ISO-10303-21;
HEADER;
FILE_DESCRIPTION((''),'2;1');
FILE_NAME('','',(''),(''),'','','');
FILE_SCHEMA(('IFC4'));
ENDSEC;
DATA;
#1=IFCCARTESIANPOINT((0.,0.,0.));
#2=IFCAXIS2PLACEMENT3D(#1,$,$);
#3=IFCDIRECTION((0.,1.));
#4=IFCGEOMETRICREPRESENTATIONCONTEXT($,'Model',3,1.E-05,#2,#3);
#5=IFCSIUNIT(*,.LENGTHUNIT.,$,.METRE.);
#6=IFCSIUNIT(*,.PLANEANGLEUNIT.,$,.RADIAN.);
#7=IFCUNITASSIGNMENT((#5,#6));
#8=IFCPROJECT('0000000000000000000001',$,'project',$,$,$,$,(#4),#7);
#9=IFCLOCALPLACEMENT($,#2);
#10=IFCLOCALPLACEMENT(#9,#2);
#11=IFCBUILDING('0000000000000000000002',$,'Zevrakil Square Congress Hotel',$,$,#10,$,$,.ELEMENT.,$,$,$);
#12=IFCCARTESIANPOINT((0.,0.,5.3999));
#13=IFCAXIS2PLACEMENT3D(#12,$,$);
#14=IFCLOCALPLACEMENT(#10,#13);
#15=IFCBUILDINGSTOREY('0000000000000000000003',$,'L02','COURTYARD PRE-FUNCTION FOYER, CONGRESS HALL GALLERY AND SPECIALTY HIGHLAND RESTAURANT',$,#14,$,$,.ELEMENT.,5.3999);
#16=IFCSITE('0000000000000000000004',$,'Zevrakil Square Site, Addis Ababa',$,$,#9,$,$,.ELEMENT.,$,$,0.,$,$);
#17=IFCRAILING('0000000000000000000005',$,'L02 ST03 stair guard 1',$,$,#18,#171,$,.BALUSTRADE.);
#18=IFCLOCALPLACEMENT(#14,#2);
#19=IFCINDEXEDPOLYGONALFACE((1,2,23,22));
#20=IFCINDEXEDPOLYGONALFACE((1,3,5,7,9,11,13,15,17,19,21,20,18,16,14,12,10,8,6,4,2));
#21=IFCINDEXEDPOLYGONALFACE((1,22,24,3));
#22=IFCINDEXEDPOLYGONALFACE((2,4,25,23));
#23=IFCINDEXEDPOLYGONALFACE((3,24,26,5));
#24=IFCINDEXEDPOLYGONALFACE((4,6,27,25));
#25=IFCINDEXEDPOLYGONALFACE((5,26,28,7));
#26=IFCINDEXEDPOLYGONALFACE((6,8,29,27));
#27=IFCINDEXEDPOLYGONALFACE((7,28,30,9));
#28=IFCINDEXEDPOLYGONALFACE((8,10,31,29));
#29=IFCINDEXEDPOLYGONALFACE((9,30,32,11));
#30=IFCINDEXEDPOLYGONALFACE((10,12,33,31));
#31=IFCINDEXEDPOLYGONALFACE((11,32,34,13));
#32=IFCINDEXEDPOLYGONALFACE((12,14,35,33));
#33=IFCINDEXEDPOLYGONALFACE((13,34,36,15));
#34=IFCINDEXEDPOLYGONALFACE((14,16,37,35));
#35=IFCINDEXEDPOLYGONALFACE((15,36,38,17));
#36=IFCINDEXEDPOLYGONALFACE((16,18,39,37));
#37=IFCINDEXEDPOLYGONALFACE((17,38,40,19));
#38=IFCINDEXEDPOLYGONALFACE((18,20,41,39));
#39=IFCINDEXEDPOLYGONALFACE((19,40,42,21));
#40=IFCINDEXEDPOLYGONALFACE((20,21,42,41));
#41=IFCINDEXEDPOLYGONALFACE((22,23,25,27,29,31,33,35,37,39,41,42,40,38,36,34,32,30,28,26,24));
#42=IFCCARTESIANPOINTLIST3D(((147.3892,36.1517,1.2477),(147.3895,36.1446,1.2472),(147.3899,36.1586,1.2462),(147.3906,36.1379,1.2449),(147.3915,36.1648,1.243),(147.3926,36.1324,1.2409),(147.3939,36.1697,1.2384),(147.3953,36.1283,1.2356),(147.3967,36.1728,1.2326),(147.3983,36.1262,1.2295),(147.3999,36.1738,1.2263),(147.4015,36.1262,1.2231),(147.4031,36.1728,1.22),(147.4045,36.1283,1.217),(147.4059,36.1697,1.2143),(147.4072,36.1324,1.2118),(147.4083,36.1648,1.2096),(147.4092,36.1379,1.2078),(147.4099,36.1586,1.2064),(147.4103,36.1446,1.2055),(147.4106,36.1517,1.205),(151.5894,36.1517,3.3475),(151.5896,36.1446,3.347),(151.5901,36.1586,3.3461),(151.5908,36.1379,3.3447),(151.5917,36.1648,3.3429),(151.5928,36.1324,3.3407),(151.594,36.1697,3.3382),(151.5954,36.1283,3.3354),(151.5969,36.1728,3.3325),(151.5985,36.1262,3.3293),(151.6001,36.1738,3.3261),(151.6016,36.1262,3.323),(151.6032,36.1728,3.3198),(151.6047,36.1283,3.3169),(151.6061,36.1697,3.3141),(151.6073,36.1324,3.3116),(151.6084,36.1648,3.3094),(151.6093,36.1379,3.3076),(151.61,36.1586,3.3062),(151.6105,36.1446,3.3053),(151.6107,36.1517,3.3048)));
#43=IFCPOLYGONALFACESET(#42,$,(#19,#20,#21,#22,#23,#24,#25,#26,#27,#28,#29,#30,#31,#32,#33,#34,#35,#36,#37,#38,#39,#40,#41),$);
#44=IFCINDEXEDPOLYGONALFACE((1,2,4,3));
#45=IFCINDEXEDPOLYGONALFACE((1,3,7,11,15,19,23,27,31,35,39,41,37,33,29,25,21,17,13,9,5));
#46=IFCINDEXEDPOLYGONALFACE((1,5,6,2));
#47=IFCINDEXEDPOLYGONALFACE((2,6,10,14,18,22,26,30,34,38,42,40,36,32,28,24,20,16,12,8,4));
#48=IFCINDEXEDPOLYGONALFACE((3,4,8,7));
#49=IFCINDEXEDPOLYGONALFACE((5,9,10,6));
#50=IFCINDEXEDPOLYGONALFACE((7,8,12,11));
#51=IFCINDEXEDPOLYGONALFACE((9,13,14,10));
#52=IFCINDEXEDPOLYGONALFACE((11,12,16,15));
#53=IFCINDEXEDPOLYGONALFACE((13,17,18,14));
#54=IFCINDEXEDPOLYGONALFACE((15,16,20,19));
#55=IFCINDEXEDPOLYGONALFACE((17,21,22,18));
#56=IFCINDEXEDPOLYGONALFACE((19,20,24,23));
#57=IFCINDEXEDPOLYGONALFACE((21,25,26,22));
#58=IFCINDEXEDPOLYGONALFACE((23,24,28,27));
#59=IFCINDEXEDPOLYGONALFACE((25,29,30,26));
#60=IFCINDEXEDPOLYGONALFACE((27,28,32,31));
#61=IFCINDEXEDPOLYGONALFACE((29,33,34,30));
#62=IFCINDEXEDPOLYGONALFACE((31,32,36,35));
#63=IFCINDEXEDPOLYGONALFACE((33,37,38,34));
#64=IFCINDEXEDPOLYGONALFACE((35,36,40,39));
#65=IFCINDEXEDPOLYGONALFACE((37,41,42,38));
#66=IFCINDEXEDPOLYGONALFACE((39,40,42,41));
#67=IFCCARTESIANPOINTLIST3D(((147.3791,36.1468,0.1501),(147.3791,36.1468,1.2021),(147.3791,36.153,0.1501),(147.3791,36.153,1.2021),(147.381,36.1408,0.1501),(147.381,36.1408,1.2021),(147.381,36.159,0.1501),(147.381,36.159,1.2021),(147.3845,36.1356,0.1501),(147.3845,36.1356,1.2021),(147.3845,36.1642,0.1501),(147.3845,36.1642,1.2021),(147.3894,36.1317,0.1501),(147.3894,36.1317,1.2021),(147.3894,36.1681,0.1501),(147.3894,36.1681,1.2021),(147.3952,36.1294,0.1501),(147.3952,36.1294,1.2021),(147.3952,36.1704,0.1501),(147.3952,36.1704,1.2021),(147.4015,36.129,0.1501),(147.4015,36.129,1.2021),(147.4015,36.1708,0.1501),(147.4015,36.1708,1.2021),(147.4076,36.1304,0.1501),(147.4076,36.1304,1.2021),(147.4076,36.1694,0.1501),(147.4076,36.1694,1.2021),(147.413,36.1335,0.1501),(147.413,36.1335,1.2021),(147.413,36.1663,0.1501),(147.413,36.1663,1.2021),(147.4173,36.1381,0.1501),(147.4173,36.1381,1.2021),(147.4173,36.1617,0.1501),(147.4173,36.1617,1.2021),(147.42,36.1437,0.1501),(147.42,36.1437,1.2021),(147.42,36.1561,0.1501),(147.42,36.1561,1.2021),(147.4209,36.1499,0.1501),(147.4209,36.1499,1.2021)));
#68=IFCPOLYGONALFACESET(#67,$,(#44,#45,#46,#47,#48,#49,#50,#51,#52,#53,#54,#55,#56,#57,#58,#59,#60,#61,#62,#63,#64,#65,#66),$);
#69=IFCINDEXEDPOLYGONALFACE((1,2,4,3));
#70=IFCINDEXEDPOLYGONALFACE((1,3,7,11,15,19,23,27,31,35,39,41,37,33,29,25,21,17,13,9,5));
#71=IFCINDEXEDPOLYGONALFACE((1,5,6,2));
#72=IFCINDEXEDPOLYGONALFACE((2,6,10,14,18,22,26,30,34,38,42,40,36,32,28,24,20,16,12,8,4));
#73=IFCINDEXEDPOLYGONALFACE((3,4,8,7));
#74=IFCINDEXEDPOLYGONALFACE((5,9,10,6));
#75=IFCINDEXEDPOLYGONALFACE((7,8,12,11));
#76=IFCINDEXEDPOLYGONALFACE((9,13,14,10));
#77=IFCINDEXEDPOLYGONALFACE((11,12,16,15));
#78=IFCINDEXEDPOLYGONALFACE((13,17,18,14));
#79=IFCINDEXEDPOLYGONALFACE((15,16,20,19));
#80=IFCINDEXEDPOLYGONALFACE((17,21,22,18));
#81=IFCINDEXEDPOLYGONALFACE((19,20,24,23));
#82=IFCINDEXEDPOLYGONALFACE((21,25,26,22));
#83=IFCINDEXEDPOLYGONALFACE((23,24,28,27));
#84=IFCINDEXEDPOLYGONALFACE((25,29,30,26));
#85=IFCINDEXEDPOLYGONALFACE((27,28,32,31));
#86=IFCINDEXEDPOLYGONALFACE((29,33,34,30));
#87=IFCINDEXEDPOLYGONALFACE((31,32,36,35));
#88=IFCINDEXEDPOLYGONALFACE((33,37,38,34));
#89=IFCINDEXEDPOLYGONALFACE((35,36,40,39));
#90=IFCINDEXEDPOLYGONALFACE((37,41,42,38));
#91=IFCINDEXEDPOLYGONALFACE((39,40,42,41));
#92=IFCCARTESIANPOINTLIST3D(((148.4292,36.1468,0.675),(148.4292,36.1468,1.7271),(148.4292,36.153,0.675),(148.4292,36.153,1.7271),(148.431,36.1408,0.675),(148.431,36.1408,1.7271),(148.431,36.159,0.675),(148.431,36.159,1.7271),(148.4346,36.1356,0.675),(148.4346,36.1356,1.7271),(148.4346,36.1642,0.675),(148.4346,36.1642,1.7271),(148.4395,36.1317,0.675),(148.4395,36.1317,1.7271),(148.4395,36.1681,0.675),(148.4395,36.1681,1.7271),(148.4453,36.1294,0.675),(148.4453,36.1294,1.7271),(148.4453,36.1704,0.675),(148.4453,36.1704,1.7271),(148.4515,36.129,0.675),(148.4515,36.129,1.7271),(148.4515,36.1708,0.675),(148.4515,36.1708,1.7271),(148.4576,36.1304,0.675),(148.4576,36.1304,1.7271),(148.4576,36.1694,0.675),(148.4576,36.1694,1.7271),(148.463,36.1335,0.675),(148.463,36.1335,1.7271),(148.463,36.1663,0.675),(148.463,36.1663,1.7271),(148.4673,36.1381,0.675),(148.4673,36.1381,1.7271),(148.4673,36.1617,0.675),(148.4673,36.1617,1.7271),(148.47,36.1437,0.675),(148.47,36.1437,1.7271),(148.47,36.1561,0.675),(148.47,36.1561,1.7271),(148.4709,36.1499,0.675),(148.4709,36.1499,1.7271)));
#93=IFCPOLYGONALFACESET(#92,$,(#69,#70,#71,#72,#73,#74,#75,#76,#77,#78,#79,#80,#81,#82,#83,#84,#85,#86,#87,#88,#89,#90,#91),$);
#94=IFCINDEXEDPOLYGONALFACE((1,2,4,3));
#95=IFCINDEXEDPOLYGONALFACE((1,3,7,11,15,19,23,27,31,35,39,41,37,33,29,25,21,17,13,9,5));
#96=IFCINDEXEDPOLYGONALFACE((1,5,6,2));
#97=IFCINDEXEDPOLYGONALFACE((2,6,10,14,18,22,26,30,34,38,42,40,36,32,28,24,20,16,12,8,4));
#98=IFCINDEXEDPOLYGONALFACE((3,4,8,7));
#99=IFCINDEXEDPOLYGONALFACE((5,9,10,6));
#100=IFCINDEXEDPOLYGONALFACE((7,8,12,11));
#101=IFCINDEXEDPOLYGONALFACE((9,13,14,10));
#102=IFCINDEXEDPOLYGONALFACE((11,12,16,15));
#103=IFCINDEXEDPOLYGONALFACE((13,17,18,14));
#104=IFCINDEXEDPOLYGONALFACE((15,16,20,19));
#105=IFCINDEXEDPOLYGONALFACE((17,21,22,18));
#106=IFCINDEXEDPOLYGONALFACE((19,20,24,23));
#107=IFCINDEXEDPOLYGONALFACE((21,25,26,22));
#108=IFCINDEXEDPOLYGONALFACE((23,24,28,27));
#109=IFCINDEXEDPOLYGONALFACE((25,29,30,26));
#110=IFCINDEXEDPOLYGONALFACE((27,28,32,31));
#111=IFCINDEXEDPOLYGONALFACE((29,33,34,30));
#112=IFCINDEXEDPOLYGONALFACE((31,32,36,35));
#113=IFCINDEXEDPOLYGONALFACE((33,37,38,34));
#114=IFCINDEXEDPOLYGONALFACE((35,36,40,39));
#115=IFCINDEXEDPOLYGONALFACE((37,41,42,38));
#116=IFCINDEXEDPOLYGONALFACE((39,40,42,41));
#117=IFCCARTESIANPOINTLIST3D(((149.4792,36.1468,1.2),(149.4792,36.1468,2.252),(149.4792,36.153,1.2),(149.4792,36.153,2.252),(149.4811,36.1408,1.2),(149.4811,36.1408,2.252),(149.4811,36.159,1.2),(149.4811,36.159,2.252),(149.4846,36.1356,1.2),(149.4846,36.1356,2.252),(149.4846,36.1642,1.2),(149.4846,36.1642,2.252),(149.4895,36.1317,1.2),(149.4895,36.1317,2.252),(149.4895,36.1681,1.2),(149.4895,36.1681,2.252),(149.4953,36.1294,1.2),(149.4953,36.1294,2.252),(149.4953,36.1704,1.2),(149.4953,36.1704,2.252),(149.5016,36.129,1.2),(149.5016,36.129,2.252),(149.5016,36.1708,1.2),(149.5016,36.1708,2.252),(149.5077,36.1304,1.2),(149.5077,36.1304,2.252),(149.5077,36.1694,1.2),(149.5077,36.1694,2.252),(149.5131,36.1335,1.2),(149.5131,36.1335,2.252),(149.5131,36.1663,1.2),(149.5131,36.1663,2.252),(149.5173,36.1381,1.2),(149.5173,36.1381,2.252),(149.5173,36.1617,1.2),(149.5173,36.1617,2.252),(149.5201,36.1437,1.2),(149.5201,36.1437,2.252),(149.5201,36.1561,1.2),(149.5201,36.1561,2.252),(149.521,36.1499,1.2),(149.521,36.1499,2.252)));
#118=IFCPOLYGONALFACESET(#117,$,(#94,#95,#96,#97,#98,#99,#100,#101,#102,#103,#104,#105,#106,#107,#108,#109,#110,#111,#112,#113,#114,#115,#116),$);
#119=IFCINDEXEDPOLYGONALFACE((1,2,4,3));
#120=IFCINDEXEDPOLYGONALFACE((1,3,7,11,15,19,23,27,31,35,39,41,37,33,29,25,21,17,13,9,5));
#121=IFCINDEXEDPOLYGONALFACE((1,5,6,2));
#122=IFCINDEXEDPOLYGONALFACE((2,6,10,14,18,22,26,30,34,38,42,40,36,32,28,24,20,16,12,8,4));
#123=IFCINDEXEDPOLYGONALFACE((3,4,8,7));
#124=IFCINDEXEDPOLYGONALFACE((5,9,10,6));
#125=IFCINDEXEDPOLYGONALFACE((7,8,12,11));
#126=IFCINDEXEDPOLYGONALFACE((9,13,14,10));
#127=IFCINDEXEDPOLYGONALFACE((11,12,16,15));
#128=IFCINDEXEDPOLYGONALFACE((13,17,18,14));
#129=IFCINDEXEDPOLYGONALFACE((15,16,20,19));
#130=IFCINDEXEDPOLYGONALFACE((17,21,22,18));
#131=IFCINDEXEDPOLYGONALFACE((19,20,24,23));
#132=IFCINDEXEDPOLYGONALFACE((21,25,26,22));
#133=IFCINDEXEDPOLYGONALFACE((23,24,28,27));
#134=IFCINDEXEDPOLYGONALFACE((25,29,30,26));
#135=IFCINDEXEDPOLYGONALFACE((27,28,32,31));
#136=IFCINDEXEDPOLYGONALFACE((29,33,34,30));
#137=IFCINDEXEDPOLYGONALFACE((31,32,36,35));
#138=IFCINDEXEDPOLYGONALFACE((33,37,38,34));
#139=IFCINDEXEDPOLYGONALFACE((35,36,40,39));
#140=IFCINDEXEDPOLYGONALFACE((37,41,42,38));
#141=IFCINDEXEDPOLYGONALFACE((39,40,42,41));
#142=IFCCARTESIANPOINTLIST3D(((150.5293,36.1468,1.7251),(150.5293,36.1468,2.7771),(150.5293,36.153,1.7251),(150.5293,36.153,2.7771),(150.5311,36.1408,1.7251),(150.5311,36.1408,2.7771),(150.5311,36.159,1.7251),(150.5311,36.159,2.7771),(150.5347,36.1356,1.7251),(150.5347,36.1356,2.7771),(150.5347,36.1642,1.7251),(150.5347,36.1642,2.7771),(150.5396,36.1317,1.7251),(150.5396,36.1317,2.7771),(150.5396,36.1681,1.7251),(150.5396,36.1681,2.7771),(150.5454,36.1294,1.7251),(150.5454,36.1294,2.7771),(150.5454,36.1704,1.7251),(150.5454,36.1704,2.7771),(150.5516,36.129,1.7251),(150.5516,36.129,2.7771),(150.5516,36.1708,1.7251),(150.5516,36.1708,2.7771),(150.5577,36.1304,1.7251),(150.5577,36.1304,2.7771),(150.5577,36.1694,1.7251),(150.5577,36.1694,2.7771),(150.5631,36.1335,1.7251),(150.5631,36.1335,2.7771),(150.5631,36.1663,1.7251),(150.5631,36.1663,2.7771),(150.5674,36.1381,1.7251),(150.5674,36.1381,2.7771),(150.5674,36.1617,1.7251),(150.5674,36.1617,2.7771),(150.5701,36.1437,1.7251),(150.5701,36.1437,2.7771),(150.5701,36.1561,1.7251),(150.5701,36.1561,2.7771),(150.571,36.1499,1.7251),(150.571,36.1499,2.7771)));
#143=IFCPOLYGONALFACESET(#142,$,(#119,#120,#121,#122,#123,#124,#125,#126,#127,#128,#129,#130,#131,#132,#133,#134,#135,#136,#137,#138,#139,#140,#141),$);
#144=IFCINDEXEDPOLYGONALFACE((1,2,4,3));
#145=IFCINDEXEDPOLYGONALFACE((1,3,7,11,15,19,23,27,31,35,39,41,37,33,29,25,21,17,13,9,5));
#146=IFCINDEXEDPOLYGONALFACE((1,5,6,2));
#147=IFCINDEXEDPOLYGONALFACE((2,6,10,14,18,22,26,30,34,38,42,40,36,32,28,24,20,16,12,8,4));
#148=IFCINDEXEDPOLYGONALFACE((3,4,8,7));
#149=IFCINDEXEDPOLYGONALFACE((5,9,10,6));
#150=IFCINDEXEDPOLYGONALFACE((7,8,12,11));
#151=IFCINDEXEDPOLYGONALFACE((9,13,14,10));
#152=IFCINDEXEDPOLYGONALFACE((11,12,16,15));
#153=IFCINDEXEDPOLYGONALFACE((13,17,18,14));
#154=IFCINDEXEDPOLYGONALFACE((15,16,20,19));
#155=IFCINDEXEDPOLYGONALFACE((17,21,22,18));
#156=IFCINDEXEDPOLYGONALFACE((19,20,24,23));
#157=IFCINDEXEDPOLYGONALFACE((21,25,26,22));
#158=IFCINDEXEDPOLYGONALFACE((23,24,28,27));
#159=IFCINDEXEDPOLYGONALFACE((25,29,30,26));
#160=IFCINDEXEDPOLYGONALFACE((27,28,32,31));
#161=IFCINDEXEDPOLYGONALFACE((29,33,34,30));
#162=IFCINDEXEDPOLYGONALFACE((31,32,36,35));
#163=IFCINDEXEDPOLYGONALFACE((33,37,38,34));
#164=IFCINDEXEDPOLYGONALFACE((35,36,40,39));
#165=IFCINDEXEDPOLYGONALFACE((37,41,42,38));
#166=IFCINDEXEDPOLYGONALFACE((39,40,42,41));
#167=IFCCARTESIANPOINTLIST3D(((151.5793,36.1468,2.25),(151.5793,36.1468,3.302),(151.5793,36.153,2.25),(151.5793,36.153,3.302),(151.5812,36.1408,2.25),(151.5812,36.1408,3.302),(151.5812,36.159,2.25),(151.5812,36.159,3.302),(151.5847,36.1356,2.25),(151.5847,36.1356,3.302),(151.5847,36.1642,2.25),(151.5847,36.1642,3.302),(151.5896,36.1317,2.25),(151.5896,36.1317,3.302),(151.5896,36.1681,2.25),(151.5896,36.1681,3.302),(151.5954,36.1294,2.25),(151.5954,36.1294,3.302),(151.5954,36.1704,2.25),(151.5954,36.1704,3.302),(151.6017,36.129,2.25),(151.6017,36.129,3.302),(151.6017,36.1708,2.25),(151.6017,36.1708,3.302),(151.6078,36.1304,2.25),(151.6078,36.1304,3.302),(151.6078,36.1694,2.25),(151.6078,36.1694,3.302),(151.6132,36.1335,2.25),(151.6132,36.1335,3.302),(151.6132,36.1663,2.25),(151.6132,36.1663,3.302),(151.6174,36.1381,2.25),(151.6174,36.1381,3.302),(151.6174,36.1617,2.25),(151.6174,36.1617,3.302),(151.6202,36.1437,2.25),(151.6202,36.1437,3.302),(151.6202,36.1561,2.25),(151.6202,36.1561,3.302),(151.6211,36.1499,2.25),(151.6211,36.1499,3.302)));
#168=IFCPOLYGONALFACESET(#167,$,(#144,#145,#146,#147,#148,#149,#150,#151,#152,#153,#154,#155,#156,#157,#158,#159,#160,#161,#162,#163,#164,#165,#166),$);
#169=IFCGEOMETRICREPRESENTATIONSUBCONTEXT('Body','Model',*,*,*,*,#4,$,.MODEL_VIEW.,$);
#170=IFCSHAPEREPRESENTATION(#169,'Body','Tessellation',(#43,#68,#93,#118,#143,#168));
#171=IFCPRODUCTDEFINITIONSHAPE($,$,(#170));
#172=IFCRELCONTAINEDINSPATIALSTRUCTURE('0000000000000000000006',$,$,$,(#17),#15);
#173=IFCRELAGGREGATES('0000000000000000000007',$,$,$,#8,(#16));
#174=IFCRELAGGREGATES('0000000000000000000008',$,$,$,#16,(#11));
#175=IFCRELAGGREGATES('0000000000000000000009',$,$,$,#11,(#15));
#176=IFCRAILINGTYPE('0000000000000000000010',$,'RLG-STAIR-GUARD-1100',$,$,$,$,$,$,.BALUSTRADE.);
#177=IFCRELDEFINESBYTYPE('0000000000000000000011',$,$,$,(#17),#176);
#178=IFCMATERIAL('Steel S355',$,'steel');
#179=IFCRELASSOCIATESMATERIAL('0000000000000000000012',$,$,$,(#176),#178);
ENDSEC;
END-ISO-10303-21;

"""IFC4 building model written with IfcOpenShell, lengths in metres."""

from ifc_helpers import new_model, si_unit, direction, frame, origin, origin_2d, place, context, subcontext, project, spatial, circle, extrude, material, type_object, element, save


model = new_model("IFC4")

# Units and contexts
model_context = context("Model", 3, precision=1e-05, world=origin(), true_north=direction((0.0, 1.0)))
body_context = subcontext(model_context, "Body", "Model", "MODEL_VIEW")
ifc_project = project(units=[si_unit("LENGTHUNIT", "METRE"), si_unit("PLANEANGLEUNIT", "RADIAN")], contexts=[model_context])

# Site, building, storey
site_placement = place(None, origin())
site = spatial("IfcSite", under=ifc_project, at=site_placement, Name="Zevrakil Square Site, Addis Ababa", CompositionType="ELEMENT", RefElevation=0.0)
building_placement = place(site_placement, origin())
building = spatial("IfcBuilding", under=site, at=building_placement, Name="Zevrakil Square Congress Hotel", CompositionType="ELEMENT")
storey_placement = place(building_placement, frame((0.0, 0.0, 5.3999)))
storey = spatial("IfcBuildingStorey", under=building, at=storey_placement, Name="L02", Description="COURTYARD PRE-FUNCTION FOYER, CONGRESS HALL GALLERY AND SPECIALTY HIGHLAND RESTAURANT", CompositionType="ELEMENT", Elevation=5.3999)

# Railing
ifc_material_1 = material(Name="Steel S355", Category="steel")
railing_type_1 = type_object("IfcRailingType", Name="RLG-STAIR-GUARD-1100", PredefinedType="BALUSTRADE", material=ifc_material_1)
railing_1_placement = place(storey_placement, frame((147.3999, 36.1499, 0.1501)))
element("IfcRailing", 1, at=railing_1_placement, inside=storey, type_object=railing_type_1, Name="L02 ST03 stair guard 1", PredefinedType="BALUSTRADE", context=body_context, shape_type="SweptSolid", body=[
    extrude(circle(Radius=0.0239, at=origin_2d()), frame((0.0, 0.0, 1.0762), z_axis=(0.894448, 0.0, 0.447172), x_axis=(0.0, 1.0, 0.0)), (0.0, 0.0, 1.0), 4.6958),
    extrude(circle(Radius=0.021, at=origin_2d()), origin(), (0.0, 0.0, 1.0), 1.052),
    extrude(circle(Radius=0.021, at=origin_2d()), frame((1.05, 0.0, 0.5249)), (0.0, 0.0, 1.0), 1.052),
    extrude(circle(Radius=0.021, at=origin_2d()), frame((2.1001, 0.0, 1.0498)), (0.0, 0.0, 1.0), 1.052),
    extrude(circle(Radius=0.021, at=origin_2d()), frame((3.1501, 0.0, 1.575)), (0.0, 0.0, 1.0), 1.052),
    extrude(circle(Radius=0.021, at=origin_2d()), frame((4.2002, 0.0, 2.0999)), (0.0, 0.0, 1.0), 1.052),
])

save(model, "model.ifc")
